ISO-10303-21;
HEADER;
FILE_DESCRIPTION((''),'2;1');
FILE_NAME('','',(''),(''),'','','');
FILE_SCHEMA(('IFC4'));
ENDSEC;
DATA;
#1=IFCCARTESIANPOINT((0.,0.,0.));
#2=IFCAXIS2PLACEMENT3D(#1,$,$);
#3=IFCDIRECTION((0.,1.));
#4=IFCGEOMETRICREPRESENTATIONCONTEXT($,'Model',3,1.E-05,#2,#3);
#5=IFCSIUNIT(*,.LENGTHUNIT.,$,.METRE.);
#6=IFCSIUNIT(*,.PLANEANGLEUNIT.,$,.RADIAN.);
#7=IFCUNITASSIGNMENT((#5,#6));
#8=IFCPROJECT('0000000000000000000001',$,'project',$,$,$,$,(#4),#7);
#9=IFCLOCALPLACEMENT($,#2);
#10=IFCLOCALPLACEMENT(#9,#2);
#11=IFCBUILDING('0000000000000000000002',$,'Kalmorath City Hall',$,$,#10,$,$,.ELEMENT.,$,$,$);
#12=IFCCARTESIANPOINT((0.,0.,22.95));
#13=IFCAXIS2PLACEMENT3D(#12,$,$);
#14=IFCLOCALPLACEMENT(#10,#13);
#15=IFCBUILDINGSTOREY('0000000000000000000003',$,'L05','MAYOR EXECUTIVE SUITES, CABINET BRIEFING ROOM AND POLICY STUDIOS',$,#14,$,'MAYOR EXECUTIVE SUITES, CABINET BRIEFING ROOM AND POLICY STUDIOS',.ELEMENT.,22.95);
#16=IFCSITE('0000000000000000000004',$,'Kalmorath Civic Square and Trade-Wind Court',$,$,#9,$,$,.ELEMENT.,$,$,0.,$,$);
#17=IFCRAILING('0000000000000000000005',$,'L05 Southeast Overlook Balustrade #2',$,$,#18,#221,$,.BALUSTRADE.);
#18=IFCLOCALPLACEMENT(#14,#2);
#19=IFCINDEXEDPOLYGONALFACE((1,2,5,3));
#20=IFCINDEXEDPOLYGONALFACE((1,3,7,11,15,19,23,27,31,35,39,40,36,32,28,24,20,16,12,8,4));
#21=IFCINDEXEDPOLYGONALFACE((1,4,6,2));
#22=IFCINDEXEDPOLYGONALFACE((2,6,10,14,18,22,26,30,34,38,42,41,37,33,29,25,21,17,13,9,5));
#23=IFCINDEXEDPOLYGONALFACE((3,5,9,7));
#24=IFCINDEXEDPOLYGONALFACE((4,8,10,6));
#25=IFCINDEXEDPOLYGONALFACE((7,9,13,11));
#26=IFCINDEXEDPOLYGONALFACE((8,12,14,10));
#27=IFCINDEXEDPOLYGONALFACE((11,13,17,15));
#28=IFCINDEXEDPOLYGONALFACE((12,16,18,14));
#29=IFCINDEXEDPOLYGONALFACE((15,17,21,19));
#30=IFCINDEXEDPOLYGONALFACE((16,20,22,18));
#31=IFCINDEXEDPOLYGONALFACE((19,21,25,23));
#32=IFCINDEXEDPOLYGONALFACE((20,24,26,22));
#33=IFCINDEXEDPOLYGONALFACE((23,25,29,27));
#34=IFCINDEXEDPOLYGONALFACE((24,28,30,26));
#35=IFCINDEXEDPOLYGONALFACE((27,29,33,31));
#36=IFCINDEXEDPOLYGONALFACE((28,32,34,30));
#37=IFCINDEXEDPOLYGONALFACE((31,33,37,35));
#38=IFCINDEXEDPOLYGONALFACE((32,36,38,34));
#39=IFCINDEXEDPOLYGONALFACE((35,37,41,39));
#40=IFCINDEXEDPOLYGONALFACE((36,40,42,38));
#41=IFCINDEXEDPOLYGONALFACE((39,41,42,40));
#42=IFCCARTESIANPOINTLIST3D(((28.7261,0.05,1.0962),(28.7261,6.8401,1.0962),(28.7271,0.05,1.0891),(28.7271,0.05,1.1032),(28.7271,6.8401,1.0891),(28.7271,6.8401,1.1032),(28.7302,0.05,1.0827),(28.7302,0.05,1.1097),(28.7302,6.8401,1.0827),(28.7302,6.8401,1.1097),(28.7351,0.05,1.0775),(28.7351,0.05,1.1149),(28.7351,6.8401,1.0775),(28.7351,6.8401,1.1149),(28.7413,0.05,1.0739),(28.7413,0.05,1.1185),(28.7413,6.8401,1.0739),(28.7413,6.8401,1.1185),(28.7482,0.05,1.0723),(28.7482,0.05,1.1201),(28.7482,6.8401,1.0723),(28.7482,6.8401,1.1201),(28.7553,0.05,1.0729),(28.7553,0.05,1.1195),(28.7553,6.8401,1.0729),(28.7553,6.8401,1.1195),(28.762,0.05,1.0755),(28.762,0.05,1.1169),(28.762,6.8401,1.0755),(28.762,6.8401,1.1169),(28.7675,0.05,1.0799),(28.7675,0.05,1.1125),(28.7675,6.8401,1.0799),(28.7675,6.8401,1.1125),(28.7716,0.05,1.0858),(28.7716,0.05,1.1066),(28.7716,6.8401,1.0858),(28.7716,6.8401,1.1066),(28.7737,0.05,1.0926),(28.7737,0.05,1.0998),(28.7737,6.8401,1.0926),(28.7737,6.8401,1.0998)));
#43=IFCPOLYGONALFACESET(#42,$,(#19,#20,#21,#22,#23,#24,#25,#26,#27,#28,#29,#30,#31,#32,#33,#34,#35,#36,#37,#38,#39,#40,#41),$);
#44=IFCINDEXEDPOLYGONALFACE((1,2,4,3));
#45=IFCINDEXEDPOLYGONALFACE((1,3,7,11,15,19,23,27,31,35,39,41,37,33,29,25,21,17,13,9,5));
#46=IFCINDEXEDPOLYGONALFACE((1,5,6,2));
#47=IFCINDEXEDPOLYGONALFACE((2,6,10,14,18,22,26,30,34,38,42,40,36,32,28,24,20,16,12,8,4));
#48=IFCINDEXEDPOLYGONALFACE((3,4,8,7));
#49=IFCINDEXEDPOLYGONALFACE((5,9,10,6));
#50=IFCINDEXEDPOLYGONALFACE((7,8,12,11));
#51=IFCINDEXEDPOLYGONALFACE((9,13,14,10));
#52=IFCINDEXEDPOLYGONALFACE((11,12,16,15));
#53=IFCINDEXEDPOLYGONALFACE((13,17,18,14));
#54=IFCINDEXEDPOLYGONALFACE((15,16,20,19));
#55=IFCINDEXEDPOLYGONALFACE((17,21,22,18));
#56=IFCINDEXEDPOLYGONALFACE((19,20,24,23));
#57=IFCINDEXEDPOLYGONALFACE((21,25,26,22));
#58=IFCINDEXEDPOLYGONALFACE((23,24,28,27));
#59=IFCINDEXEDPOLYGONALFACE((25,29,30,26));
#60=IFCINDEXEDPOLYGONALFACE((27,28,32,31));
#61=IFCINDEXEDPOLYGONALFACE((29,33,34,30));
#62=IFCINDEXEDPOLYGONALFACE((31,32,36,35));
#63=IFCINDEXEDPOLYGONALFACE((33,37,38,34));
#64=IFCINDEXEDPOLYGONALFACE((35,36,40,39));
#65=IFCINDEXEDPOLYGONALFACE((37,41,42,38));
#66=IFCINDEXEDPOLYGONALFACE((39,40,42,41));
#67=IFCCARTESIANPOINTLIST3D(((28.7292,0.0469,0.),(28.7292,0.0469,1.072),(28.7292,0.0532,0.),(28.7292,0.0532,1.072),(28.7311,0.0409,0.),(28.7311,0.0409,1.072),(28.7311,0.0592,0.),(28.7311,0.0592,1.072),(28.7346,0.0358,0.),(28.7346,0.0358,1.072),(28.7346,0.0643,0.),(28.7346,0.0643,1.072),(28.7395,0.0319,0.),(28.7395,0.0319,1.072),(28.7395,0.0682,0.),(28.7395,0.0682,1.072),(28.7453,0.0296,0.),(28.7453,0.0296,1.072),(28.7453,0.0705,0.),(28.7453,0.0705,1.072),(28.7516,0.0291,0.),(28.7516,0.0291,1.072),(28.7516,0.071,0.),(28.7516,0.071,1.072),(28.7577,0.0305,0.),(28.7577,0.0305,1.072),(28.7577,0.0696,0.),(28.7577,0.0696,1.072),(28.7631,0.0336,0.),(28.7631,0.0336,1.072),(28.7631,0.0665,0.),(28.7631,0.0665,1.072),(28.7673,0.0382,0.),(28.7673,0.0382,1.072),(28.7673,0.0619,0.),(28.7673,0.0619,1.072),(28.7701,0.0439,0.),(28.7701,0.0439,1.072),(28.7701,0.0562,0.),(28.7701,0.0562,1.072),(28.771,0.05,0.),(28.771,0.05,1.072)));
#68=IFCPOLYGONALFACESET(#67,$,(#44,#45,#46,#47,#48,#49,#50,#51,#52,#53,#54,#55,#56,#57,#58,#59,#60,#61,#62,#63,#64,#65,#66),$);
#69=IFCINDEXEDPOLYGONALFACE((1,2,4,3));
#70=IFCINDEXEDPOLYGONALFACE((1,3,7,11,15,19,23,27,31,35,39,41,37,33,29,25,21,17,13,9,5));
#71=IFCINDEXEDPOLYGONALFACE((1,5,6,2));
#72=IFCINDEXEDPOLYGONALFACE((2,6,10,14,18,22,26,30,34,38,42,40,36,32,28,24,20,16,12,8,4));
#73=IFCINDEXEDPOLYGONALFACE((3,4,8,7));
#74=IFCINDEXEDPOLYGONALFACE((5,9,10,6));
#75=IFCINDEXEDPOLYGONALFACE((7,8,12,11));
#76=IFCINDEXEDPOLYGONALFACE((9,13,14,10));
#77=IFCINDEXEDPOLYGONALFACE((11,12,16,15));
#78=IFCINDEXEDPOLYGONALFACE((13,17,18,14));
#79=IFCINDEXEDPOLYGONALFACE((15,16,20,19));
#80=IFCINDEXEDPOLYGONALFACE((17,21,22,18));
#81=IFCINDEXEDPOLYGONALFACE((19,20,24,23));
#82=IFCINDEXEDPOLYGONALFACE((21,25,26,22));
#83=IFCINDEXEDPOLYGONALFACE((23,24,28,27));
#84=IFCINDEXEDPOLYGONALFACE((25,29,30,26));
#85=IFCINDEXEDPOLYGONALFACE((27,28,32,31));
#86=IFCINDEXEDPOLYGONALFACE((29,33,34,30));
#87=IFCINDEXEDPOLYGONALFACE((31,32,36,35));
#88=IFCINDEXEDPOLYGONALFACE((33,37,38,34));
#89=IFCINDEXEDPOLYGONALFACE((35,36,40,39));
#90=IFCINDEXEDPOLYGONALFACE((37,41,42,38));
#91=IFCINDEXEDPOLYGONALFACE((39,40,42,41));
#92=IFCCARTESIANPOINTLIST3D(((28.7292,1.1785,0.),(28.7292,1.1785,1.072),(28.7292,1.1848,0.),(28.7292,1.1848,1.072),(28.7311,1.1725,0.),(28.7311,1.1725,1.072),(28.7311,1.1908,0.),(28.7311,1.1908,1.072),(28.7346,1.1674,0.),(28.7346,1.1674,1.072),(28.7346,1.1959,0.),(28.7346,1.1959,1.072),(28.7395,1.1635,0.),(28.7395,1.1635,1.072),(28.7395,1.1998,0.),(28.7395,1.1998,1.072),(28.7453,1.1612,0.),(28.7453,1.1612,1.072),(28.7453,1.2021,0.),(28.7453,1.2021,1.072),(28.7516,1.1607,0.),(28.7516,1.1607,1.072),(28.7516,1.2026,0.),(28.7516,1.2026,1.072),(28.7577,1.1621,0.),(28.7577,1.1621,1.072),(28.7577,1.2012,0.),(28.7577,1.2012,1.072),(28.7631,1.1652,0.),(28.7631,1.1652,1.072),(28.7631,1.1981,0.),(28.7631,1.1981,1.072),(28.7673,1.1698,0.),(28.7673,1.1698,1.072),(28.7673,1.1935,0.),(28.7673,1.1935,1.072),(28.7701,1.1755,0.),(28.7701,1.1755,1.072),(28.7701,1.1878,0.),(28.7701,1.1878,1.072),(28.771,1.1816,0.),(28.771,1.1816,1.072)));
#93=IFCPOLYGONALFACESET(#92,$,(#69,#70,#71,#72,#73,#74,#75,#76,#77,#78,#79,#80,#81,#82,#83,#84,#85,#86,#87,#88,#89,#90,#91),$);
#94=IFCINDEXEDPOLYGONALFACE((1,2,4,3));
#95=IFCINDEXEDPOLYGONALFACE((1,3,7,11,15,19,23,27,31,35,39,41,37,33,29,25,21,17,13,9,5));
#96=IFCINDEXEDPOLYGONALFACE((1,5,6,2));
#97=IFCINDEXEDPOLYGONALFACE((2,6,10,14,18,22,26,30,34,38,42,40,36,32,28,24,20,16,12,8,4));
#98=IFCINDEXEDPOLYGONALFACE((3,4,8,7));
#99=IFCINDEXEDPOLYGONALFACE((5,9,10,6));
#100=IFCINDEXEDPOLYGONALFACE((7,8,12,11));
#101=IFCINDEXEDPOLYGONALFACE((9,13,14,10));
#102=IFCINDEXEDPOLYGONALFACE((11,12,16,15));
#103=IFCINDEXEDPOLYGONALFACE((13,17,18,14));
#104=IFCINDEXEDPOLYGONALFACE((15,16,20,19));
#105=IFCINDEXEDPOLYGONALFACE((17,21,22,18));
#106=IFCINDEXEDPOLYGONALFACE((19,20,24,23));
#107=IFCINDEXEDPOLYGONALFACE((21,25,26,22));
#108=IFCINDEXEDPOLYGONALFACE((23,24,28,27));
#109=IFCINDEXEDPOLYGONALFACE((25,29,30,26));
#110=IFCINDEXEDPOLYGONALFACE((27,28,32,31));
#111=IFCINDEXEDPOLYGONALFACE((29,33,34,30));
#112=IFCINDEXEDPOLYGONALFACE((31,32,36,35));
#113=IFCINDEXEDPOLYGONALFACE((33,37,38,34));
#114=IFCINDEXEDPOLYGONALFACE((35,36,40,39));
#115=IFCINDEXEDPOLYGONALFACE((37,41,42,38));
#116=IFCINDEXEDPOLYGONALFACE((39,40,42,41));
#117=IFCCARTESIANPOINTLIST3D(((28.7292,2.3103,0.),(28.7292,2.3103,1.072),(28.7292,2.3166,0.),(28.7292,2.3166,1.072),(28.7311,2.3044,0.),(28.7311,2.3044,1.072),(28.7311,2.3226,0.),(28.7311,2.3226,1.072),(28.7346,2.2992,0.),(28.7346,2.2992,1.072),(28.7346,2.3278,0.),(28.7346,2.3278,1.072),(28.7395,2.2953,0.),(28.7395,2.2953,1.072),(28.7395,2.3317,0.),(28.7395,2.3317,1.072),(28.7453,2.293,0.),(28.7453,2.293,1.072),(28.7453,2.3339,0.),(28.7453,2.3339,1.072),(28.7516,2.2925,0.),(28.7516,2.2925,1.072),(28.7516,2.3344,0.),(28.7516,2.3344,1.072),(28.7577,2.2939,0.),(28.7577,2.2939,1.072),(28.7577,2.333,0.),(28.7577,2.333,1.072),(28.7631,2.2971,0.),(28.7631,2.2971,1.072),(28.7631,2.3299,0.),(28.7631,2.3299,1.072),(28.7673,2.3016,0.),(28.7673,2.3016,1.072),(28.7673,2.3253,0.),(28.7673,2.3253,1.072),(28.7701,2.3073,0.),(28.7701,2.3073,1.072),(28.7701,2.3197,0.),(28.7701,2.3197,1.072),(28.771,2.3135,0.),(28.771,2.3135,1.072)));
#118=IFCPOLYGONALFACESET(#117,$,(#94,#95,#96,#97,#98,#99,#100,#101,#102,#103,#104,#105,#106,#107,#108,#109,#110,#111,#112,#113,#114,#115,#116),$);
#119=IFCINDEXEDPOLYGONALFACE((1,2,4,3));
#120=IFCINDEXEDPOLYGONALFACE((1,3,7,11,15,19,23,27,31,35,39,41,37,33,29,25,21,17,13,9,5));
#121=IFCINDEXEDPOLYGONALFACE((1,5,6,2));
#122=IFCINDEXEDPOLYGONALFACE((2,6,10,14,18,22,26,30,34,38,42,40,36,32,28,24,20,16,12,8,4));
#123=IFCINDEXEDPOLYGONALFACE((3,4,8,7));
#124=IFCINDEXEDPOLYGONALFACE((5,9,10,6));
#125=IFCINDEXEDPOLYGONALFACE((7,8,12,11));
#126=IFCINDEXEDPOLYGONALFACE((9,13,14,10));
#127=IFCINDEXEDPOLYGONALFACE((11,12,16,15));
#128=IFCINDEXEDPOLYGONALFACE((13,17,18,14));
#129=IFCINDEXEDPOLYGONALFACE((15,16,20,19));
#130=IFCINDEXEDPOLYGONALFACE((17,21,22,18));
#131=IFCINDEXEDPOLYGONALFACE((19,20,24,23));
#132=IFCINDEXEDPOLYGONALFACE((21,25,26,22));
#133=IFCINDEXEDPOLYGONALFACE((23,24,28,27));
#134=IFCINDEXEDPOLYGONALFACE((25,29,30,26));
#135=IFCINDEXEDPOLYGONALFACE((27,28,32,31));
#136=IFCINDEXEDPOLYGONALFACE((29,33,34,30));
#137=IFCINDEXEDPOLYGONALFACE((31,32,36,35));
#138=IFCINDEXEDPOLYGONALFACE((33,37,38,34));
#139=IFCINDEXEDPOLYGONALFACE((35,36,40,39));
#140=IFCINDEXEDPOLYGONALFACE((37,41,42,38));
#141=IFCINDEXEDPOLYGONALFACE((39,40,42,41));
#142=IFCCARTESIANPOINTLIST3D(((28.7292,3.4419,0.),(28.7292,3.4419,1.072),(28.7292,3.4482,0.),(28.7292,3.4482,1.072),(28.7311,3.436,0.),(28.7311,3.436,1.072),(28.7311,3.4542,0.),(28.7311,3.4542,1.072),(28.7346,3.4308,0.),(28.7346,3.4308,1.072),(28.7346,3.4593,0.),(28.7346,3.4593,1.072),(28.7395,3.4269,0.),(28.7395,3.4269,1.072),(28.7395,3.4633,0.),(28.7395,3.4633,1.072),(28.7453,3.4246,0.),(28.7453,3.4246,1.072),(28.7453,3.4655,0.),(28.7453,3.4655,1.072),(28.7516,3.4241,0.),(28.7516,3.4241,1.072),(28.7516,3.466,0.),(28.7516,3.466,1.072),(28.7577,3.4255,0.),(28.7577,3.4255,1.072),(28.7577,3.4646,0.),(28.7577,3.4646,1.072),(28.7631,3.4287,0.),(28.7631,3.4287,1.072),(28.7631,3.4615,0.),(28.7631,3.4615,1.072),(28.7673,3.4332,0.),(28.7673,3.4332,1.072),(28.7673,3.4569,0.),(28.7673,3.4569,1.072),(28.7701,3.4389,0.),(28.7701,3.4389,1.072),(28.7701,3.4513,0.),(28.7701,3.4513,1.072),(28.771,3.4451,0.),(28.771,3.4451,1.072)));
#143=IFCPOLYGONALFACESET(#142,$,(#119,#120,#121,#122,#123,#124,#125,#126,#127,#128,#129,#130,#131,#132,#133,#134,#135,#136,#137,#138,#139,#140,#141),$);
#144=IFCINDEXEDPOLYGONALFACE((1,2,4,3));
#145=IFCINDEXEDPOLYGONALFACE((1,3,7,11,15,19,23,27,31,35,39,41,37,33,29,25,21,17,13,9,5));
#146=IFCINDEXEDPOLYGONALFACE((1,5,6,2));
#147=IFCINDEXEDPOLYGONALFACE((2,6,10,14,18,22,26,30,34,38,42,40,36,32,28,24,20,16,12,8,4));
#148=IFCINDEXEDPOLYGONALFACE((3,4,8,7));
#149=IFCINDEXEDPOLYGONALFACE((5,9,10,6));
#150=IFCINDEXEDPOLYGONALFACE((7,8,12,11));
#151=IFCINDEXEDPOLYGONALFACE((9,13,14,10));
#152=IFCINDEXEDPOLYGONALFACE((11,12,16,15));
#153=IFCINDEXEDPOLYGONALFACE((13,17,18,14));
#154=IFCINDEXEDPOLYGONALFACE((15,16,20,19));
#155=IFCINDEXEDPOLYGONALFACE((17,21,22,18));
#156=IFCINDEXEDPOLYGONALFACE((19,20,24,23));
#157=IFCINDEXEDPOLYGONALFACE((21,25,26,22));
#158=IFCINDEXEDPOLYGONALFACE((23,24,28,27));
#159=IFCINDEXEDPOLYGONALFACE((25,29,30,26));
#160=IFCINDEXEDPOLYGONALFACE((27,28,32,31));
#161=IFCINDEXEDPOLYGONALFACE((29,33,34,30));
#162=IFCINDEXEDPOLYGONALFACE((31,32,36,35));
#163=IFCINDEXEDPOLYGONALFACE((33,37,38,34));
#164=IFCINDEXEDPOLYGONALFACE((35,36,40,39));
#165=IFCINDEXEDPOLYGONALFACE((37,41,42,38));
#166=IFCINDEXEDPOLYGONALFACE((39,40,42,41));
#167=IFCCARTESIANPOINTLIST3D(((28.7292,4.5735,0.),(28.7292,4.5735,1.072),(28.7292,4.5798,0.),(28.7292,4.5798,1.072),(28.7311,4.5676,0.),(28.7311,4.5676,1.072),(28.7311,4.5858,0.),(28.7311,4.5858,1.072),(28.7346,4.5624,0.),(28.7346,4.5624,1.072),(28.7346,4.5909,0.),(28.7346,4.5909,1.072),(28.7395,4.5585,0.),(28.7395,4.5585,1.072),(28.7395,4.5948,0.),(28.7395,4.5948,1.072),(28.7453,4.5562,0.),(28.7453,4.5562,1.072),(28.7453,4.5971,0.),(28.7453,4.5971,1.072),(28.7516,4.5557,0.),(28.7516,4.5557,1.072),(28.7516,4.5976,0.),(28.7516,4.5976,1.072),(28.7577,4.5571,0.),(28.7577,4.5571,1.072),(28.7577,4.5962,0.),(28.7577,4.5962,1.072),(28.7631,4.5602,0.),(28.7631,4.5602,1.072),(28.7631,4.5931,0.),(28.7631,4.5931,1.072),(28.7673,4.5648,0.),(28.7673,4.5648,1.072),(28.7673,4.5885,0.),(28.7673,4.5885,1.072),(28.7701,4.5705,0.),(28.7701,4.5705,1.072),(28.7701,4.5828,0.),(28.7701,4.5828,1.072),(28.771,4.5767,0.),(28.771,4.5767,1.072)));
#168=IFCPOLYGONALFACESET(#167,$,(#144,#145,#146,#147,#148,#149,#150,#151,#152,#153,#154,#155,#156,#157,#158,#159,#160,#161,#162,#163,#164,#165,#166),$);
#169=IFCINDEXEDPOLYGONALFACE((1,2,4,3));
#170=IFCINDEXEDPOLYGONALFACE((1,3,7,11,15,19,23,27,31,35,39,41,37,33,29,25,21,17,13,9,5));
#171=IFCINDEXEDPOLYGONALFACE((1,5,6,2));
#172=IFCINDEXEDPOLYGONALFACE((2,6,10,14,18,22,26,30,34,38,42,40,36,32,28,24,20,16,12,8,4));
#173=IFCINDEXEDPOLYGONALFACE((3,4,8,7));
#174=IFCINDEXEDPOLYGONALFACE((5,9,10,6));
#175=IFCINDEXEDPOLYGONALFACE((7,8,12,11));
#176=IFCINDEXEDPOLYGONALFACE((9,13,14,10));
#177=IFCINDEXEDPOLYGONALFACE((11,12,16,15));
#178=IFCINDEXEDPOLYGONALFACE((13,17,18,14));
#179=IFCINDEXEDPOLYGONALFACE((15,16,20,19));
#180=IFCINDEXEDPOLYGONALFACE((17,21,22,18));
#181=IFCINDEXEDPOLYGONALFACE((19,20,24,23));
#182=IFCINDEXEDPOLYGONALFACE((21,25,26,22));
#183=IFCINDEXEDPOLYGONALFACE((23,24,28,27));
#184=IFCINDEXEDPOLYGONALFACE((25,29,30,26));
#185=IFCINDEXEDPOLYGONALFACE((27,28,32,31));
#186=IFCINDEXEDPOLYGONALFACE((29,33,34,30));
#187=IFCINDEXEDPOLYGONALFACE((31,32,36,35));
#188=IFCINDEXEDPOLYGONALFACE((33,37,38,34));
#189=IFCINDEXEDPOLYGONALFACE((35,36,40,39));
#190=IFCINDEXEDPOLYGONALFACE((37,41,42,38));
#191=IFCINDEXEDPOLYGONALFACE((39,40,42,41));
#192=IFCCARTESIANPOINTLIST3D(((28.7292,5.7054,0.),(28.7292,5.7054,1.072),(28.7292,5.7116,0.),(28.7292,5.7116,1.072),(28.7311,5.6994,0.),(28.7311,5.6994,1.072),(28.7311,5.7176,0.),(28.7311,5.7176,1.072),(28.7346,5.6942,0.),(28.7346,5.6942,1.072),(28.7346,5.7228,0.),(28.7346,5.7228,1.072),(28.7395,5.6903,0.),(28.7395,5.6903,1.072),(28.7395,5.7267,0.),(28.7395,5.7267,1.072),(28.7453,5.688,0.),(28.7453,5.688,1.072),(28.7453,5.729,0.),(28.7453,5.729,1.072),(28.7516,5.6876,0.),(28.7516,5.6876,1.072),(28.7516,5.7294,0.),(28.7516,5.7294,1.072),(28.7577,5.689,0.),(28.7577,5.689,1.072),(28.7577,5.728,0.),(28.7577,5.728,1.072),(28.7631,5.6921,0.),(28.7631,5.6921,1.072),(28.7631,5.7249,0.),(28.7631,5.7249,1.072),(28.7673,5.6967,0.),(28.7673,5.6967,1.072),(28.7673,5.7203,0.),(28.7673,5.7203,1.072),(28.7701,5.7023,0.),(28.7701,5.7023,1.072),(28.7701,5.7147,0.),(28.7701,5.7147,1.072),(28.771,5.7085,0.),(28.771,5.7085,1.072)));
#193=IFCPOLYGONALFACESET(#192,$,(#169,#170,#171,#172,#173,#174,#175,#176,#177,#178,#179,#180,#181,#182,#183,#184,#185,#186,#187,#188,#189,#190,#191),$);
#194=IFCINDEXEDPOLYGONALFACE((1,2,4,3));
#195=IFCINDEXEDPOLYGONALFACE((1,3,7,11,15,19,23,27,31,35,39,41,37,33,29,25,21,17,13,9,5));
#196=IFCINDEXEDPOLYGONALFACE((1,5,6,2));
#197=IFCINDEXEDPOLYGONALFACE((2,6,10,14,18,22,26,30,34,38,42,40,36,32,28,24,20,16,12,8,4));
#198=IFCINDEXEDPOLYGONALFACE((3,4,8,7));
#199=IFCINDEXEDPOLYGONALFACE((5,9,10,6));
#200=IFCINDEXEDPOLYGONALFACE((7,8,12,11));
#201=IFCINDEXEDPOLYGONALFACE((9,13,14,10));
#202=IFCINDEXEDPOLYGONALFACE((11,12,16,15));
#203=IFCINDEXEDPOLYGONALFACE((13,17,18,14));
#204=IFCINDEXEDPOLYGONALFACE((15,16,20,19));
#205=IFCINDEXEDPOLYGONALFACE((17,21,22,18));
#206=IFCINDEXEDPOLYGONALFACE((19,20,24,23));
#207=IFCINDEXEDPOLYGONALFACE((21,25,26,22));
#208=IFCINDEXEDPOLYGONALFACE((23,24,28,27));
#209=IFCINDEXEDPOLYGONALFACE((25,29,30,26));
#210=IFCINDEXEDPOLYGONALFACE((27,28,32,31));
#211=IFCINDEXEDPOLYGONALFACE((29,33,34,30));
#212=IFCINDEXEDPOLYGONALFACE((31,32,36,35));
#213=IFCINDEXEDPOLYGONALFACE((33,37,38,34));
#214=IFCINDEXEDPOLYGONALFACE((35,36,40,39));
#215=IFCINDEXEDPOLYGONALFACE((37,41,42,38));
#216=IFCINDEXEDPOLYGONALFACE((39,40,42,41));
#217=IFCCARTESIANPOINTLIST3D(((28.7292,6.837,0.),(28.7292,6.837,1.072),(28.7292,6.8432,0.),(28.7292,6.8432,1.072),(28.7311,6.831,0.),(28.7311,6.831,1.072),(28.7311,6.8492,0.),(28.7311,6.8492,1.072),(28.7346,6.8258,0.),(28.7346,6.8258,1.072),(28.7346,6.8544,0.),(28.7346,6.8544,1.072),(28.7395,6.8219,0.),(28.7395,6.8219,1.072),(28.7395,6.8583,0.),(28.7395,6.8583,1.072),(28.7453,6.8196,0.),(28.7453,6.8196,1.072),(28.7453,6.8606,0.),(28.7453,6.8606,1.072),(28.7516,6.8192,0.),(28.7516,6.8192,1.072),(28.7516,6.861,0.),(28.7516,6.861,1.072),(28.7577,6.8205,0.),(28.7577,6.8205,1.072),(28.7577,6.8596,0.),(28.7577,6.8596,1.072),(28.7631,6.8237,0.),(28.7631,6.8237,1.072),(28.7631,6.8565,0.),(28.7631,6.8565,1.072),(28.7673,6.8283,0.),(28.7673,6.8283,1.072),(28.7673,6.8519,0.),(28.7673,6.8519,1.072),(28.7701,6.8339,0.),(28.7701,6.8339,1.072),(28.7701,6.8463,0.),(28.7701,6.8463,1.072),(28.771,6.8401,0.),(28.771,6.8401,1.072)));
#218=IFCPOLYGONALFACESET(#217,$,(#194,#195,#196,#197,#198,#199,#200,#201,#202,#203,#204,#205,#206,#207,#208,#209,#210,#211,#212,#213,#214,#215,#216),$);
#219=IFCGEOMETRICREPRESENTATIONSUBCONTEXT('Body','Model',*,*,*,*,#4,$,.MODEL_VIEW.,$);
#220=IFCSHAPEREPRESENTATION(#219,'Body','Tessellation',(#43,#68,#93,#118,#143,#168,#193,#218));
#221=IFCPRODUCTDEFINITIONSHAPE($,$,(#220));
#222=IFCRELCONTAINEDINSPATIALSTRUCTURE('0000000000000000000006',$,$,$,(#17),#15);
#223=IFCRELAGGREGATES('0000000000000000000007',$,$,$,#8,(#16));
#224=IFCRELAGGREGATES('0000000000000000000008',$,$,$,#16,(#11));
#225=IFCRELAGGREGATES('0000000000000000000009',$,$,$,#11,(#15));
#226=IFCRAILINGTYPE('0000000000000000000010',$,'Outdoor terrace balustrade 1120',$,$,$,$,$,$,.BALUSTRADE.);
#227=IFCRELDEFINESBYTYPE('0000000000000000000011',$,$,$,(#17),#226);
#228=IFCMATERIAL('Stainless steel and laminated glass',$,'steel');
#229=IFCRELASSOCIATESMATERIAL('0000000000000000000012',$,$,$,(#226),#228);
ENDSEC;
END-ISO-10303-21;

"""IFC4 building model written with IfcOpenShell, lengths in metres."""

from ifc_helpers import new_model, si_unit, direction, frame, origin, origin_2d, place, context, subcontext, project, spatial, circle, extrude, material, type_object, element, save


model = new_model("IFC4")

# Units and contexts
model_context = context("Model", 3, precision=1e-05, world=origin(), true_north=direction((0.0, 1.0)))
body_context = subcontext(model_context, "Body", "Model", "MODEL_VIEW")
ifc_project = project(units=[si_unit("LENGTHUNIT", "METRE"), si_unit("PLANEANGLEUNIT", "RADIAN")], contexts=[model_context])

# Site, building, storey
site_placement = place(None, origin())
site = spatial("IfcSite", under=ifc_project, at=site_placement, Name="Kalmorath Civic Square and Trade-Wind Court", CompositionType="ELEMENT", RefElevation=0.0)
building_placement = place(site_placement, origin())
building = spatial("IfcBuilding", under=site, at=building_placement, Name="Kalmorath City Hall", CompositionType="ELEMENT")
storey_placement = place(building_placement, frame((0.0, 0.0, 22.95)))
storey = spatial("IfcBuildingStorey", under=building, at=storey_placement, Name="L05", Description="MAYOR EXECUTIVE SUITES, CABINET BRIEFING ROOM AND POLICY STUDIOS", LongName="MAYOR EXECUTIVE SUITES, CABINET BRIEFING ROOM AND POLICY STUDIOS", CompositionType="ELEMENT", Elevation=22.95)

# Railing
ifc_material_1 = material(Name="Stainless steel and laminated glass", Category="steel")
railing_type = type_object("IfcRailingType", Name="Outdoor terrace balustrade 1120", PredefinedType="BALUSTRADE", material=ifc_material_1)
railing_placement = place(storey_placement, frame((28.75, 0.05, 0.0)))
element("IfcRailing", 1, at=railing_placement, inside=storey, type_object=railing_type, Name="L05 Southeast Overlook Balustrade #2", PredefinedType="BALUSTRADE", context=body_context, shape_type="SweptSolid", body=[
    extrude(circle(Radius=0.0239, at=origin_2d()), frame((0.0, 0.0, 1.0962), z_axis=(0.0, 1.0, 0.0), x_axis=(-1.0, 0.0, 0.0)), (0.0, 0.0, 1.0), 6.79),
    extrude(circle(Radius=0.021, at=origin_2d()), origin(), (0.0, 0.0, 1.0), 1.072),
    extrude(circle(Radius=0.021, at=origin_2d()), frame((0.0, 1.1316, 0.0)), (0.0, 0.0, 1.0), 1.072),
    extrude(circle(Radius=0.021, at=origin_2d()), frame((0.0, 2.2634, 0.0)), (0.0, 0.0, 1.0), 1.072),
    extrude(circle(Radius=0.021, at=origin_2d()), frame((0.0, 3.395, 0.0)), (0.0, 0.0, 1.0), 1.072),
    extrude(circle(Radius=0.021, at=origin_2d()), frame((0.0, 4.5266, 0.0)), (0.0, 0.0, 1.0), 1.072),
    extrude(circle(Radius=0.021, at=origin_2d()), frame((0.0, 5.6584, 0.0)), (0.0, 0.0, 1.0), 1.072),
    extrude(circle(Radius=0.021, at=origin_2d()), frame((0.0, 6.79, 0.0)), (0.0, 0.0, 1.0), 1.072),
])

save(model, "model.ifc")
